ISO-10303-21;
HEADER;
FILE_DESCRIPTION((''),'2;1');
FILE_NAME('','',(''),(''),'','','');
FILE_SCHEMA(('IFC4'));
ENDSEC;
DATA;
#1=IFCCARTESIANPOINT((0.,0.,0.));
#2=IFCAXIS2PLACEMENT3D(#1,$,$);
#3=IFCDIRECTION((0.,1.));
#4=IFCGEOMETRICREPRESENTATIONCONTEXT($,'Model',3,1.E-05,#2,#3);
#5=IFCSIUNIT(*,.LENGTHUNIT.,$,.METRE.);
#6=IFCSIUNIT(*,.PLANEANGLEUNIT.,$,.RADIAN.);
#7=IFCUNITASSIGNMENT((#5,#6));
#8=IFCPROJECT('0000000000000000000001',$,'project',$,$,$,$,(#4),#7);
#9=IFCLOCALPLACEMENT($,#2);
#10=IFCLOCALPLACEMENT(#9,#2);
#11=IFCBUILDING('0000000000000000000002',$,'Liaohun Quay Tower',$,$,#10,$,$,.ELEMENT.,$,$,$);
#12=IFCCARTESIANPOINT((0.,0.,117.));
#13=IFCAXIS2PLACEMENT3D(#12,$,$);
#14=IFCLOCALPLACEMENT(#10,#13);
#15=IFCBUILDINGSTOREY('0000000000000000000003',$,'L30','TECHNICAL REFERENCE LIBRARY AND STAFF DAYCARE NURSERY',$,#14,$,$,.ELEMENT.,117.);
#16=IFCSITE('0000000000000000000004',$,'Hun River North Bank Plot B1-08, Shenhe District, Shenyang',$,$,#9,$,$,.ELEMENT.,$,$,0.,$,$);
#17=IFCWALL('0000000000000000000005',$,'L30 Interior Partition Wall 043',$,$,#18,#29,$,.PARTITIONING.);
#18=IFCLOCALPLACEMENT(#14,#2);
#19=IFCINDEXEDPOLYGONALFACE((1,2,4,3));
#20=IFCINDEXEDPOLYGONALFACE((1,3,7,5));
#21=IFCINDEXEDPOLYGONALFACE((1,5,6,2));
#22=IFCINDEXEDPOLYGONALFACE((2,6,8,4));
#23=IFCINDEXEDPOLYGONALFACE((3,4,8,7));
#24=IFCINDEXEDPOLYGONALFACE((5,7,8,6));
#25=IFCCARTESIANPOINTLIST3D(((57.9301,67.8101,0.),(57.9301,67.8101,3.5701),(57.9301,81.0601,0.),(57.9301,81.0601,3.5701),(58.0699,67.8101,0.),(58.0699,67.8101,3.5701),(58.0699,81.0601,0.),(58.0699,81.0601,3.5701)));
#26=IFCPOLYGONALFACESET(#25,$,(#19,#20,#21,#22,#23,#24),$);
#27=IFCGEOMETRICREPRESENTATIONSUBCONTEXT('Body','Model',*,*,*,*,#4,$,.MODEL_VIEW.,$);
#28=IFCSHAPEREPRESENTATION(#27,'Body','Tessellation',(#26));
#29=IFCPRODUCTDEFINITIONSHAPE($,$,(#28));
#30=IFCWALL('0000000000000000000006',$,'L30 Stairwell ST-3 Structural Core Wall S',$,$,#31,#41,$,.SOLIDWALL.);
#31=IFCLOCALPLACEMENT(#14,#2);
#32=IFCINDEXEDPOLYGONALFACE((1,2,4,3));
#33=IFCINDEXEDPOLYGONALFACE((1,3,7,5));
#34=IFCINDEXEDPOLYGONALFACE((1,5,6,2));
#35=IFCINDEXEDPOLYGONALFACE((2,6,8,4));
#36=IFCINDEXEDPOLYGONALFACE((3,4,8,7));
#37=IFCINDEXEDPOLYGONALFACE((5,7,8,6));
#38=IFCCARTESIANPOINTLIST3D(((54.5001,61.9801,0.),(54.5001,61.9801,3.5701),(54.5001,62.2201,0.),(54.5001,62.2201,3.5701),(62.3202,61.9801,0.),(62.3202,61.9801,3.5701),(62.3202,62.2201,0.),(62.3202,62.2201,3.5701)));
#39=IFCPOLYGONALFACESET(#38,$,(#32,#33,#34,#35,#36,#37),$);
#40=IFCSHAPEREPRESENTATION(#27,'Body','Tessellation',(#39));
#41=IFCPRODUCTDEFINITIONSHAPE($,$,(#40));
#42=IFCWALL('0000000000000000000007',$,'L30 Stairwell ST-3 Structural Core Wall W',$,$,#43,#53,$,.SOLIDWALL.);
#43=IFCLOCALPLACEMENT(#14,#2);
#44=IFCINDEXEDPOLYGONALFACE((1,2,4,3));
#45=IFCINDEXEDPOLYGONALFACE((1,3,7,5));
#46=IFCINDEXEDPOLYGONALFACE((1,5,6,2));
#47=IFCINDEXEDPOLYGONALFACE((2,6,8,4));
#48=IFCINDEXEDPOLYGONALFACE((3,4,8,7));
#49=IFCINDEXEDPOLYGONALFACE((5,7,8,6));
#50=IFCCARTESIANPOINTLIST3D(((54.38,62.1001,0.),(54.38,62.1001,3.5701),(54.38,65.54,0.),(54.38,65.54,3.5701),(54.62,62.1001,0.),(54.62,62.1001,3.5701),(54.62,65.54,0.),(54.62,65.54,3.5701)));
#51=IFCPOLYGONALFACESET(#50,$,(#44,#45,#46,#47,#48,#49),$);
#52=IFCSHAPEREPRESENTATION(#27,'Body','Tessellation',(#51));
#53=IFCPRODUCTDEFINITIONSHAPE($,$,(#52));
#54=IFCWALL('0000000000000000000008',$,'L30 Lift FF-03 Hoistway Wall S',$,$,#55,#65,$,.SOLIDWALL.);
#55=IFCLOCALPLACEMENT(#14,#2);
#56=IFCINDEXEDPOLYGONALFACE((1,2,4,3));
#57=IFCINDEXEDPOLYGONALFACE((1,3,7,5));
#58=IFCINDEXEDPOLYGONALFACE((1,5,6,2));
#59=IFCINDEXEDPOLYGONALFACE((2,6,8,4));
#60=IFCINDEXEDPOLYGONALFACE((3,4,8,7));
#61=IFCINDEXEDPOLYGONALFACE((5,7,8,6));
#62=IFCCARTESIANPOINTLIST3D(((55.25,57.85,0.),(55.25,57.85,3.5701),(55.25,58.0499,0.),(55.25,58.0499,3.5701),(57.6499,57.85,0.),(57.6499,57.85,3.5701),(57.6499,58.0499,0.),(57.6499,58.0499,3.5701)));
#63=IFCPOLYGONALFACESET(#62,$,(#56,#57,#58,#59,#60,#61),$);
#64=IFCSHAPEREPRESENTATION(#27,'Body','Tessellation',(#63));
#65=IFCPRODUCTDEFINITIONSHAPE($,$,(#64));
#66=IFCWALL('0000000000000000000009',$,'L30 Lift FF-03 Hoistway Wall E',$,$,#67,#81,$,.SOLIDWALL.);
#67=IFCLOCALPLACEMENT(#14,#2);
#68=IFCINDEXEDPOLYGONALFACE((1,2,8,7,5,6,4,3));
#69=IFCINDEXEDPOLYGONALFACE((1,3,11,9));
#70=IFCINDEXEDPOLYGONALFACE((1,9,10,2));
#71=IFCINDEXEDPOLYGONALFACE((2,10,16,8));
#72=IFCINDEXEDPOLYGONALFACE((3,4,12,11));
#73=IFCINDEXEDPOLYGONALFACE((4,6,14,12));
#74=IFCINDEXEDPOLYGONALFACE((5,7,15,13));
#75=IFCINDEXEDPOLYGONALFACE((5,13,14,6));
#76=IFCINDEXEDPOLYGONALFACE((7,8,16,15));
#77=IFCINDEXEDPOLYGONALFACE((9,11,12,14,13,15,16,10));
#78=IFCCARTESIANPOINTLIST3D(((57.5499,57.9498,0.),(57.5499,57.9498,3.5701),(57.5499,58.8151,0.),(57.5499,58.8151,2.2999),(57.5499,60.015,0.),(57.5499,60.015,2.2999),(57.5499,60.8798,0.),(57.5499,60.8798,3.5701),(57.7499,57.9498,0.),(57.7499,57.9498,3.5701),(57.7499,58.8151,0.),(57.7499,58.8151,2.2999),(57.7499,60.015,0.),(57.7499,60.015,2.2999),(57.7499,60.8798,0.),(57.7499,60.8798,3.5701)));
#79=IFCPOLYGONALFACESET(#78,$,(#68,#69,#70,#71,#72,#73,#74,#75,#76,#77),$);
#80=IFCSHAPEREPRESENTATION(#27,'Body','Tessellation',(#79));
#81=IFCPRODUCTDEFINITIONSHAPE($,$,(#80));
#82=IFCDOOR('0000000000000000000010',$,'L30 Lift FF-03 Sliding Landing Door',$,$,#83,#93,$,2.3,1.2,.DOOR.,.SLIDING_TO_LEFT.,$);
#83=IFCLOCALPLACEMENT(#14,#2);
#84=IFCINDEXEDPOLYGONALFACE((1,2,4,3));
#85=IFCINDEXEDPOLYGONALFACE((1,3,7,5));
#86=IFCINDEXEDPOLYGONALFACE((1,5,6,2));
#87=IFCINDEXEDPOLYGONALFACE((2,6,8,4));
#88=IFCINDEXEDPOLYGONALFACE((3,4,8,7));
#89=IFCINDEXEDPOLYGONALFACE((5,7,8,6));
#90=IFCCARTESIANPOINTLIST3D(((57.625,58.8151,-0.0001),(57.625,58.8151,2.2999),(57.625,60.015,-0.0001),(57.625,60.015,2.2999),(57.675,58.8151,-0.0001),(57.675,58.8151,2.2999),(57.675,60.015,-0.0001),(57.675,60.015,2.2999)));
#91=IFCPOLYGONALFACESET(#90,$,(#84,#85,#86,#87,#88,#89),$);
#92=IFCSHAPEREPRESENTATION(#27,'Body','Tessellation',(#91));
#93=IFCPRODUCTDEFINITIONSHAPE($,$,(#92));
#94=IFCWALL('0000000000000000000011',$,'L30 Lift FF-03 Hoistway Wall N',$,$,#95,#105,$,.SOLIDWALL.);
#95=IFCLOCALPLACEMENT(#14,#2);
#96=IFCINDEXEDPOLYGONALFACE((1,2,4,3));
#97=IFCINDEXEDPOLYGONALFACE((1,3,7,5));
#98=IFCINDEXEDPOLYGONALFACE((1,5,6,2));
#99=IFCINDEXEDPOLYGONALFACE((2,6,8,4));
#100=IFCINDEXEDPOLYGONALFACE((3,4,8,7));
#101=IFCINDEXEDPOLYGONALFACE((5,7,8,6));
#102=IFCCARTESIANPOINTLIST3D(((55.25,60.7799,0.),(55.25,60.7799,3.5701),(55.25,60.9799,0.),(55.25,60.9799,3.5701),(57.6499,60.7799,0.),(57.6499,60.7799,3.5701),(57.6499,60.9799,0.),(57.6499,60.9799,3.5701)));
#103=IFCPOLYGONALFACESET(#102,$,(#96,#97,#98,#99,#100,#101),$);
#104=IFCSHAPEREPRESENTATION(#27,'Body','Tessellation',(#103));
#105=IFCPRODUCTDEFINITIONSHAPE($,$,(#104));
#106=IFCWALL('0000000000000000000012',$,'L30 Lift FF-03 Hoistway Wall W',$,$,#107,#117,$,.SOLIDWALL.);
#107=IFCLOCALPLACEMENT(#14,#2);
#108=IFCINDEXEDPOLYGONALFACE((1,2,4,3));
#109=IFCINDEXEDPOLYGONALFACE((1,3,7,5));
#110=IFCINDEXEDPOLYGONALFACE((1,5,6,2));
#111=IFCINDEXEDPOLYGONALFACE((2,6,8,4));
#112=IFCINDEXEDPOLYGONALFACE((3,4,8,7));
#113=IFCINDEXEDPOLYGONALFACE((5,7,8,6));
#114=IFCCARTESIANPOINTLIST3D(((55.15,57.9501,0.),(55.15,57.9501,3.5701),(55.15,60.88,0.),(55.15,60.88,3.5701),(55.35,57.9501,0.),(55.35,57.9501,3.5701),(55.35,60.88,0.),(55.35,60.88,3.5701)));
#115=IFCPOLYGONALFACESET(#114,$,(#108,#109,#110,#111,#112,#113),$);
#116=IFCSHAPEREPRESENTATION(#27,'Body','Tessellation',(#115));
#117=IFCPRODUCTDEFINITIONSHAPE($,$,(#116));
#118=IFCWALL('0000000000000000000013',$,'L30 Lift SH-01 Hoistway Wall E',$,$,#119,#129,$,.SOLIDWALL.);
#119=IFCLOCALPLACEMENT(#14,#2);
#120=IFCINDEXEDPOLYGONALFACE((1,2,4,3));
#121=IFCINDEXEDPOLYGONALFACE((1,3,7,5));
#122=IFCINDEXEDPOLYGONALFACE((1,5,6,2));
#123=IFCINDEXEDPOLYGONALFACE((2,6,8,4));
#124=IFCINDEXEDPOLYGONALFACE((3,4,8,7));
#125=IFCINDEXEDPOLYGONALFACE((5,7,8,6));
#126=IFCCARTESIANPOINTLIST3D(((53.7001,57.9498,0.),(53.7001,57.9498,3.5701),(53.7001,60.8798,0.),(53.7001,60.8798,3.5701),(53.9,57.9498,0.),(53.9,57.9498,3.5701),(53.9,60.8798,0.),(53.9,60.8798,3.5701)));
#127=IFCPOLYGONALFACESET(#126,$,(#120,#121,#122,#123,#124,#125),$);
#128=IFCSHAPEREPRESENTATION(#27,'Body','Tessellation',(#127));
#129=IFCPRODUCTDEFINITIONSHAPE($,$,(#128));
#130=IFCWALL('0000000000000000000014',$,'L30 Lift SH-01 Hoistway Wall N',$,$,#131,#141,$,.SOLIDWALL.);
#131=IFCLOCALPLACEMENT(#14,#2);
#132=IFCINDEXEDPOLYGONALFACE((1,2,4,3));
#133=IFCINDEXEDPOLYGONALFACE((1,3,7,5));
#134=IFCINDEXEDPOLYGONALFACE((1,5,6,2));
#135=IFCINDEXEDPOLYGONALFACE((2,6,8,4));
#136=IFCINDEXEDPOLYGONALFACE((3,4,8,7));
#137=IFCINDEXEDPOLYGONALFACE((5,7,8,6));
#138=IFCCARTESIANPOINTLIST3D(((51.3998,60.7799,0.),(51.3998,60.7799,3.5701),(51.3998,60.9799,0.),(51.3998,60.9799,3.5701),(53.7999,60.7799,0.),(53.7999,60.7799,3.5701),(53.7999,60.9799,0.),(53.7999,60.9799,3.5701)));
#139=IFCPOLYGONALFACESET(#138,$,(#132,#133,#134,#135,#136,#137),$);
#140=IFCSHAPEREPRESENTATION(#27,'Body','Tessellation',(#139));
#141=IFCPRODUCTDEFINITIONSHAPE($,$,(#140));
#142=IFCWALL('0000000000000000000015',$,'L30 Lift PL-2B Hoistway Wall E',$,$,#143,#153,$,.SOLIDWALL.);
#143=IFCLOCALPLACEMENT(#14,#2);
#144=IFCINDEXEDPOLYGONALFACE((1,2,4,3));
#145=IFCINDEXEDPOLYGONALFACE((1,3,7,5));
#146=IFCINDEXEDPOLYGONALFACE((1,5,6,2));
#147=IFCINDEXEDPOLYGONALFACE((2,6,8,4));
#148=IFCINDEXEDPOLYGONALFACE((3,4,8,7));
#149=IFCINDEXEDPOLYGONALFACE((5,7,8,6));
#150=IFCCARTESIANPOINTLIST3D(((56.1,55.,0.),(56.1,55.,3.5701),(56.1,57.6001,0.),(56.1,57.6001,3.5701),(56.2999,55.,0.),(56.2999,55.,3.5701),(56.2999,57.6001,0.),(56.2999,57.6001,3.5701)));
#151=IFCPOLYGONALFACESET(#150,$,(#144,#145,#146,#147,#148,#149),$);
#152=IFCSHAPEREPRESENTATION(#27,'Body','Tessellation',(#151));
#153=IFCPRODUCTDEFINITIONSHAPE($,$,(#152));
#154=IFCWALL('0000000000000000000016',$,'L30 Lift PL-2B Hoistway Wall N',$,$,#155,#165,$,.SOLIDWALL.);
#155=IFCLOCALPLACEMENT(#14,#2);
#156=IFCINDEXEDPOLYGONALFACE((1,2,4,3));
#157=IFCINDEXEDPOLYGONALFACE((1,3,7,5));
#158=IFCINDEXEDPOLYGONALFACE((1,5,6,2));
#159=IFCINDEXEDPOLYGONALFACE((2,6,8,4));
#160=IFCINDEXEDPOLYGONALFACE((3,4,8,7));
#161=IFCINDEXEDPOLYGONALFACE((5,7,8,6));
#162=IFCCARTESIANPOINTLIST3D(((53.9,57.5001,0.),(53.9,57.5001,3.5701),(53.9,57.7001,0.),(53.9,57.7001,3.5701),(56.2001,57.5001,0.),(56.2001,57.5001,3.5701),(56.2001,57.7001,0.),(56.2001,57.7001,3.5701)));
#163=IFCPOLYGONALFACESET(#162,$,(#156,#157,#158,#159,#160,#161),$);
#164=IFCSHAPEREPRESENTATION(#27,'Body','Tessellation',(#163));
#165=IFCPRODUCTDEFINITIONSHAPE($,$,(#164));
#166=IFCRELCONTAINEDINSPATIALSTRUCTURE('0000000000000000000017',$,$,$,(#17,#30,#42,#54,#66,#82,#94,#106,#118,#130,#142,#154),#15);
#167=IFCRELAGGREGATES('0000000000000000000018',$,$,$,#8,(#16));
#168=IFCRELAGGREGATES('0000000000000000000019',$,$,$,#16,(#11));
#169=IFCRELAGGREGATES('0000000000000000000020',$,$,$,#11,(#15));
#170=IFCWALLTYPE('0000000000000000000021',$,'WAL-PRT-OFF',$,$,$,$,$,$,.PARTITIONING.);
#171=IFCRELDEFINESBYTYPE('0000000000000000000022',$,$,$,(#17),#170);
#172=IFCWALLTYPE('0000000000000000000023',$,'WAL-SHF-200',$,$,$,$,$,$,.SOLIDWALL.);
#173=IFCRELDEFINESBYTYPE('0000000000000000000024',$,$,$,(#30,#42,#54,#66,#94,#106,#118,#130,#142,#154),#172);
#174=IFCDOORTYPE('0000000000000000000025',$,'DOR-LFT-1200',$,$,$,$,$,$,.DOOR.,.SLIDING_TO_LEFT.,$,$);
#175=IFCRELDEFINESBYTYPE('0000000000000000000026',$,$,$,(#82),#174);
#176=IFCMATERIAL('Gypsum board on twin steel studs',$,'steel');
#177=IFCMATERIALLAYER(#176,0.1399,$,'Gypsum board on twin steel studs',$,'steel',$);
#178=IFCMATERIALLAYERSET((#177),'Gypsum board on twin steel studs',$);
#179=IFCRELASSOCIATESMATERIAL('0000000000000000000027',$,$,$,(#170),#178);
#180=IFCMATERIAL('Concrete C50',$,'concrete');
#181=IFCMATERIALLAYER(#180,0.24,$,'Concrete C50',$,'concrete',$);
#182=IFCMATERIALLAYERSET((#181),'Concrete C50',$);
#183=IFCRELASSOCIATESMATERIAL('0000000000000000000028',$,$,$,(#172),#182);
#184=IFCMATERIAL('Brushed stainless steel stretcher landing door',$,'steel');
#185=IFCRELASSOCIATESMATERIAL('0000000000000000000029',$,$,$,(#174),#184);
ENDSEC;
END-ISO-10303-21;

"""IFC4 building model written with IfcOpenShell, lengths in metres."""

from ifc_helpers import new_model, si_unit, direction, frame, frame_2d, origin, place, context, subcontext, project, spatial, rectangle, extrude, source, transform, mapped, material, layer, layer_set, type_object, element, fill, save


model = new_model("IFC4")

# Units and contexts
model_context = context("Model", 3, precision=1e-05, world=origin(), true_north=direction((0.0, 1.0)))
body_context = subcontext(model_context, "Body", "Model", "MODEL_VIEW")
ifc_project = project(units=[si_unit("LENGTHUNIT", "METRE"), si_unit("PLANEANGLEUNIT", "RADIAN")], contexts=[model_context])

# Site, building, storey
site_placement = place(None, origin())
site = spatial("IfcSite", under=ifc_project, at=site_placement, Name="Hun River North Bank Plot B1-08, Shenhe District, Shenyang", CompositionType="ELEMENT", RefElevation=0.0)
building_placement = place(site_placement, origin())
building = spatial("IfcBuilding", under=site, at=building_placement, Name="Liaohun Quay Tower", CompositionType="ELEMENT")
storey_placement = place(building_placement, frame((0.0, 0.0, 117.0)))
storey = spatial("IfcBuildingStorey", under=building, at=storey_placement, Name="L30", Description="TECHNICAL REFERENCE LIBRARY AND STAFF DAYCARE NURSERY", CompositionType="ELEMENT", Elevation=117.0)

# Walls
ifc_material_1 = material(Name="Gypsum board on twin steel studs", Category="steel")
ifc_layer_1 = layer(ifc_material_1, 0.1399, Name="Gypsum board on twin steel studs", Category="steel")
ifc_layer_set_1 = layer_set([ifc_layer_1], Name="Gypsum board on twin steel studs")
wall_type_1 = type_object("IfcWallType", Name="WAL-PRT-OFF", PredefinedType="PARTITIONING", material=ifc_layer_set_1)
wall_1_placement = place(storey_placement, frame((58.0, 67.8101, 0.0), z_axis=(0.0, 0.0, 1.0), x_axis=(0.0, 1.0, 0.0)))
element("IfcWall", 1, at=wall_1_placement, inside=storey, type_object=wall_type_1, Name="L30 Interior Partition Wall 043", PredefinedType="PARTITIONING", context=body_context, shape_type="SweptSolid", body=[
    extrude(rectangle(XDim=13.25, YDim=0.1399, at=frame_2d((6.625, 0.0))), origin(), (0.0, 0.0, 1.0), 3.5701),
])
ifc_material_2 = material(Name="Concrete C50", Category="concrete")
ifc_layer_2 = layer(ifc_material_2, 0.24, Name="Concrete C50", Category="concrete")
ifc_layer_set_2 = layer_set([ifc_layer_2], Name="Concrete C50")
wall_type_2 = type_object("IfcWallType", Name="WAL-SHF-200", PredefinedType="SOLIDWALL", material=ifc_layer_set_2)
wall_2_placement = place(storey_placement, frame((54.5, 62.1001, 0.0), z_axis=(0.0, 0.0, 1.0), x_axis=(1.0, 0.0, 0.0)))
element("IfcWall", 2, at=wall_2_placement, inside=storey, type_object=wall_type_2, Name="L30 Stairwell ST-3 Structural Core Wall S", PredefinedType="SOLIDWALL", context=body_context, shape_type="SweptSolid", body=[
    extrude(rectangle(XDim=7.8201, YDim=0.24, at=frame_2d((3.9102, 0.0))), origin(), (0.0, 0.0, 1.0), 3.5701),
])
wall_3_placement = place(storey_placement, frame((54.5, 65.54, 0.0), z_axis=(0.0, 0.0, 1.0), x_axis=(0.0, -1.0, 0.0)))
element("IfcWall", 3, at=wall_3_placement, inside=storey, type_object=wall_type_2, Name="L30 Stairwell ST-3 Structural Core Wall W", PredefinedType="SOLIDWALL", context=body_context, shape_type="SweptSolid", body=[
    extrude(rectangle(XDim=3.4399, YDim=0.24, at=frame_2d((1.72, 0.0))), origin(), (0.0, 0.0, 1.0), 3.5701),
])
wall_4_placement = place(storey_placement, frame((55.25, 57.95, 0.0), z_axis=(0.0, 0.0, 1.0), x_axis=(1.0, 0.0, 0.0)))
element("IfcWall", 4, at=wall_4_placement, inside=storey, type_object=wall_type_2, Name="L30 Lift FF-03 Hoistway Wall S", PredefinedType="SOLIDWALL", context=body_context, shape_type="SweptSolid", body=[
    extrude(rectangle(XDim=2.3999, YDim=0.2, at=frame_2d((1.2, 0.0))), origin(), (0.0, 0.0, 1.0), 3.5701),
])

# Wall, opening, door
wall_5_placement = place(storey_placement, frame((57.6499, 57.95, 0.0), z_axis=(0.0, 0.0, 1.0), x_axis=(0.0, 1.0, 0.0)))
wall_5 = element("IfcWall", 5, at=wall_5_placement, inside=storey, type_object=wall_type_2, Name="L30 Lift FF-03 Hoistway Wall E", PredefinedType="SOLIDWALL", context=body_context, shape_type="SweptSolid", body=[
    extrude(rectangle(XDim=2.9299, YDim=0.2, at=frame_2d((1.4648, 0.0))), origin(), (0.0, 0.0, 1.0), 3.5701),
])
shared_shape_1 = source(origin(), body_context, "Body", "SweptSolid", [
    extrude(rectangle(XDim=1.2, YDim=2.3, at=frame_2d((0.6001, 1.1499))), frame((0.0, 0.1099, 0.0), z_axis=(0.0, -1.0, 0.0), x_axis=(1.0, 0.0, 0.0)), (0.0, 0.0, 1.0), 0.22),
])
opening_1_placement = place(wall_5_placement, frame((0.865, 0.0, 0.0)))
opening_1 = element("IfcOpeningElement", 6, at=opening_1_placement, cuts=wall_5, PredefinedType="OPENING", context=body_context, shape_type="MappedRepresentation", body=[
    mapped(shared_shape_1, transform((0.0, 0.0, 0.0), x_axis=(1.0, 0.0, 0.0), y_axis=(0.0, 1.0, 0.0), z_axis=(0.0, 0.0, 1.0), scale=1.0)),
])
ifc_material_3 = material(Name="Brushed stainless steel stretcher landing door", Category="steel")
door_type_1 = type_object("IfcDoorType", Name="DOR-LFT-1200", OperationType="SLIDING_TO_LEFT", PredefinedType="DOOR", material=ifc_material_3)
shared_shape_2 = source(origin(), body_context, "Body", "SweptSolid", [
    extrude(rectangle(XDim=1.2, YDim=2.3, at=frame_2d((0.6001, 1.1499))), frame((0.0, 0.0249, 0.0), z_axis=(0.0, -1.0, 0.0), x_axis=(1.0, 0.0, 0.0)), (0.0, 0.0, 1.0), 0.05),
])
door_1_placement = place(opening_1_placement, origin())
door_1 = element("IfcDoor", 7, at=door_1_placement, inside=storey, type_object=door_type_1, Name="L30 Lift FF-03 Sliding Landing Door", OperationType="SLIDING_TO_LEFT", OverallHeight=2.3, OverallWidth=1.2, PredefinedType="DOOR", context=body_context, shape_type="MappedRepresentation", body=[
    mapped(shared_shape_2, transform((0.0, 0.0, 0.0), x_axis=(1.0, 0.0, 0.0), y_axis=(0.0, 1.0, 0.0), z_axis=(0.0, 0.0, 1.0), scale=1.0)),
])
fill(opening_1, door_1)

# Walls
wall_6_placement = place(storey_placement, frame((57.6499, 60.8799, 0.0), z_axis=(0.0, 0.0, 1.0), x_axis=(-1.0, 0.0, 0.0)))
element("IfcWall", 8, at=wall_6_placement, inside=storey, type_object=wall_type_2, Name="L30 Lift FF-03 Hoistway Wall N", PredefinedType="SOLIDWALL", context=body_context, shape_type="SweptSolid", body=[
    extrude(rectangle(XDim=2.3999, YDim=0.2, at=frame_2d((1.2, 0.0))), origin(), (0.0, 0.0, 1.0), 3.5701),
])
for number, where, z_axis, x_axis, name in (
    (9, (55.25, 60.8799, 0.0), (0.0, 0.0, 1.0), (0.0, -1.0, 0.0), "L30 Lift FF-03 Hoistway Wall W"),
    (10, (53.8, 57.95, 0.0), (0.0, 0.0, 1.0), (0.0, 1.0, 0.0), "L30 Lift SH-01 Hoistway Wall E"),
):
    element("IfcWall", number, at=place(storey_placement, frame(where, z_axis=z_axis, x_axis=x_axis)), inside=storey, type_object=wall_type_2, Name=name, PredefinedType="SOLIDWALL", context=body_context, shape_type="SweptSolid", body=[
        extrude(rectangle(XDim=2.9299, YDim=0.2, at=frame_2d((1.4648, 0.0))), origin(), (0.0, 0.0, 1.0), 3.5701),
    ])
wall_7_placement = place(storey_placement, frame((53.8, 60.8799, 0.0), z_axis=(0.0, 0.0, 1.0), x_axis=(-1.0, 0.0, 0.0)))
element("IfcWall", 11, at=wall_7_placement, inside=storey, type_object=wall_type_2, Name="L30 Lift SH-01 Hoistway Wall N", PredefinedType="SOLIDWALL", context=body_context, shape_type="SweptSolid", body=[
    extrude(rectangle(XDim=2.4001, YDim=0.2, at=frame_2d((1.2002, 0.0))), origin(), (0.0, 0.0, 1.0), 3.5701),
])
wall_8_placement = place(storey_placement, frame((56.2, 55.0, 0.0), z_axis=(0.0, 0.0, 1.0), x_axis=(0.0, 1.0, 0.0)))
element("IfcWall", 12, at=wall_8_placement, inside=storey, type_object=wall_type_2, Name="L30 Lift PL-2B Hoistway Wall E", PredefinedType="SOLIDWALL", context=body_context, shape_type="SweptSolid", body=[
    extrude(rectangle(XDim=2.6001, YDim=0.2, at=frame_2d((1.3, 0.0))), origin(), (0.0, 0.0, 1.0), 3.5701),
])
wall_9_placement = place(storey_placement, frame((56.2, 57.6001, 0.0), z_axis=(0.0, 0.0, 1.0), x_axis=(-1.0, 0.0, 0.0)))
element("IfcWall", 13, at=wall_9_placement, inside=storey, type_object=wall_type_2, Name="L30 Lift PL-2B Hoistway Wall N", PredefinedType="SOLIDWALL", context=body_context, shape_type="SweptSolid", body=[
    extrude(rectangle(XDim=2.3, YDim=0.2, at=frame_2d((1.1499, 0.0))), origin(), (0.0, 0.0, 1.0), 3.5701),
])

save(model, "model.ifc")
